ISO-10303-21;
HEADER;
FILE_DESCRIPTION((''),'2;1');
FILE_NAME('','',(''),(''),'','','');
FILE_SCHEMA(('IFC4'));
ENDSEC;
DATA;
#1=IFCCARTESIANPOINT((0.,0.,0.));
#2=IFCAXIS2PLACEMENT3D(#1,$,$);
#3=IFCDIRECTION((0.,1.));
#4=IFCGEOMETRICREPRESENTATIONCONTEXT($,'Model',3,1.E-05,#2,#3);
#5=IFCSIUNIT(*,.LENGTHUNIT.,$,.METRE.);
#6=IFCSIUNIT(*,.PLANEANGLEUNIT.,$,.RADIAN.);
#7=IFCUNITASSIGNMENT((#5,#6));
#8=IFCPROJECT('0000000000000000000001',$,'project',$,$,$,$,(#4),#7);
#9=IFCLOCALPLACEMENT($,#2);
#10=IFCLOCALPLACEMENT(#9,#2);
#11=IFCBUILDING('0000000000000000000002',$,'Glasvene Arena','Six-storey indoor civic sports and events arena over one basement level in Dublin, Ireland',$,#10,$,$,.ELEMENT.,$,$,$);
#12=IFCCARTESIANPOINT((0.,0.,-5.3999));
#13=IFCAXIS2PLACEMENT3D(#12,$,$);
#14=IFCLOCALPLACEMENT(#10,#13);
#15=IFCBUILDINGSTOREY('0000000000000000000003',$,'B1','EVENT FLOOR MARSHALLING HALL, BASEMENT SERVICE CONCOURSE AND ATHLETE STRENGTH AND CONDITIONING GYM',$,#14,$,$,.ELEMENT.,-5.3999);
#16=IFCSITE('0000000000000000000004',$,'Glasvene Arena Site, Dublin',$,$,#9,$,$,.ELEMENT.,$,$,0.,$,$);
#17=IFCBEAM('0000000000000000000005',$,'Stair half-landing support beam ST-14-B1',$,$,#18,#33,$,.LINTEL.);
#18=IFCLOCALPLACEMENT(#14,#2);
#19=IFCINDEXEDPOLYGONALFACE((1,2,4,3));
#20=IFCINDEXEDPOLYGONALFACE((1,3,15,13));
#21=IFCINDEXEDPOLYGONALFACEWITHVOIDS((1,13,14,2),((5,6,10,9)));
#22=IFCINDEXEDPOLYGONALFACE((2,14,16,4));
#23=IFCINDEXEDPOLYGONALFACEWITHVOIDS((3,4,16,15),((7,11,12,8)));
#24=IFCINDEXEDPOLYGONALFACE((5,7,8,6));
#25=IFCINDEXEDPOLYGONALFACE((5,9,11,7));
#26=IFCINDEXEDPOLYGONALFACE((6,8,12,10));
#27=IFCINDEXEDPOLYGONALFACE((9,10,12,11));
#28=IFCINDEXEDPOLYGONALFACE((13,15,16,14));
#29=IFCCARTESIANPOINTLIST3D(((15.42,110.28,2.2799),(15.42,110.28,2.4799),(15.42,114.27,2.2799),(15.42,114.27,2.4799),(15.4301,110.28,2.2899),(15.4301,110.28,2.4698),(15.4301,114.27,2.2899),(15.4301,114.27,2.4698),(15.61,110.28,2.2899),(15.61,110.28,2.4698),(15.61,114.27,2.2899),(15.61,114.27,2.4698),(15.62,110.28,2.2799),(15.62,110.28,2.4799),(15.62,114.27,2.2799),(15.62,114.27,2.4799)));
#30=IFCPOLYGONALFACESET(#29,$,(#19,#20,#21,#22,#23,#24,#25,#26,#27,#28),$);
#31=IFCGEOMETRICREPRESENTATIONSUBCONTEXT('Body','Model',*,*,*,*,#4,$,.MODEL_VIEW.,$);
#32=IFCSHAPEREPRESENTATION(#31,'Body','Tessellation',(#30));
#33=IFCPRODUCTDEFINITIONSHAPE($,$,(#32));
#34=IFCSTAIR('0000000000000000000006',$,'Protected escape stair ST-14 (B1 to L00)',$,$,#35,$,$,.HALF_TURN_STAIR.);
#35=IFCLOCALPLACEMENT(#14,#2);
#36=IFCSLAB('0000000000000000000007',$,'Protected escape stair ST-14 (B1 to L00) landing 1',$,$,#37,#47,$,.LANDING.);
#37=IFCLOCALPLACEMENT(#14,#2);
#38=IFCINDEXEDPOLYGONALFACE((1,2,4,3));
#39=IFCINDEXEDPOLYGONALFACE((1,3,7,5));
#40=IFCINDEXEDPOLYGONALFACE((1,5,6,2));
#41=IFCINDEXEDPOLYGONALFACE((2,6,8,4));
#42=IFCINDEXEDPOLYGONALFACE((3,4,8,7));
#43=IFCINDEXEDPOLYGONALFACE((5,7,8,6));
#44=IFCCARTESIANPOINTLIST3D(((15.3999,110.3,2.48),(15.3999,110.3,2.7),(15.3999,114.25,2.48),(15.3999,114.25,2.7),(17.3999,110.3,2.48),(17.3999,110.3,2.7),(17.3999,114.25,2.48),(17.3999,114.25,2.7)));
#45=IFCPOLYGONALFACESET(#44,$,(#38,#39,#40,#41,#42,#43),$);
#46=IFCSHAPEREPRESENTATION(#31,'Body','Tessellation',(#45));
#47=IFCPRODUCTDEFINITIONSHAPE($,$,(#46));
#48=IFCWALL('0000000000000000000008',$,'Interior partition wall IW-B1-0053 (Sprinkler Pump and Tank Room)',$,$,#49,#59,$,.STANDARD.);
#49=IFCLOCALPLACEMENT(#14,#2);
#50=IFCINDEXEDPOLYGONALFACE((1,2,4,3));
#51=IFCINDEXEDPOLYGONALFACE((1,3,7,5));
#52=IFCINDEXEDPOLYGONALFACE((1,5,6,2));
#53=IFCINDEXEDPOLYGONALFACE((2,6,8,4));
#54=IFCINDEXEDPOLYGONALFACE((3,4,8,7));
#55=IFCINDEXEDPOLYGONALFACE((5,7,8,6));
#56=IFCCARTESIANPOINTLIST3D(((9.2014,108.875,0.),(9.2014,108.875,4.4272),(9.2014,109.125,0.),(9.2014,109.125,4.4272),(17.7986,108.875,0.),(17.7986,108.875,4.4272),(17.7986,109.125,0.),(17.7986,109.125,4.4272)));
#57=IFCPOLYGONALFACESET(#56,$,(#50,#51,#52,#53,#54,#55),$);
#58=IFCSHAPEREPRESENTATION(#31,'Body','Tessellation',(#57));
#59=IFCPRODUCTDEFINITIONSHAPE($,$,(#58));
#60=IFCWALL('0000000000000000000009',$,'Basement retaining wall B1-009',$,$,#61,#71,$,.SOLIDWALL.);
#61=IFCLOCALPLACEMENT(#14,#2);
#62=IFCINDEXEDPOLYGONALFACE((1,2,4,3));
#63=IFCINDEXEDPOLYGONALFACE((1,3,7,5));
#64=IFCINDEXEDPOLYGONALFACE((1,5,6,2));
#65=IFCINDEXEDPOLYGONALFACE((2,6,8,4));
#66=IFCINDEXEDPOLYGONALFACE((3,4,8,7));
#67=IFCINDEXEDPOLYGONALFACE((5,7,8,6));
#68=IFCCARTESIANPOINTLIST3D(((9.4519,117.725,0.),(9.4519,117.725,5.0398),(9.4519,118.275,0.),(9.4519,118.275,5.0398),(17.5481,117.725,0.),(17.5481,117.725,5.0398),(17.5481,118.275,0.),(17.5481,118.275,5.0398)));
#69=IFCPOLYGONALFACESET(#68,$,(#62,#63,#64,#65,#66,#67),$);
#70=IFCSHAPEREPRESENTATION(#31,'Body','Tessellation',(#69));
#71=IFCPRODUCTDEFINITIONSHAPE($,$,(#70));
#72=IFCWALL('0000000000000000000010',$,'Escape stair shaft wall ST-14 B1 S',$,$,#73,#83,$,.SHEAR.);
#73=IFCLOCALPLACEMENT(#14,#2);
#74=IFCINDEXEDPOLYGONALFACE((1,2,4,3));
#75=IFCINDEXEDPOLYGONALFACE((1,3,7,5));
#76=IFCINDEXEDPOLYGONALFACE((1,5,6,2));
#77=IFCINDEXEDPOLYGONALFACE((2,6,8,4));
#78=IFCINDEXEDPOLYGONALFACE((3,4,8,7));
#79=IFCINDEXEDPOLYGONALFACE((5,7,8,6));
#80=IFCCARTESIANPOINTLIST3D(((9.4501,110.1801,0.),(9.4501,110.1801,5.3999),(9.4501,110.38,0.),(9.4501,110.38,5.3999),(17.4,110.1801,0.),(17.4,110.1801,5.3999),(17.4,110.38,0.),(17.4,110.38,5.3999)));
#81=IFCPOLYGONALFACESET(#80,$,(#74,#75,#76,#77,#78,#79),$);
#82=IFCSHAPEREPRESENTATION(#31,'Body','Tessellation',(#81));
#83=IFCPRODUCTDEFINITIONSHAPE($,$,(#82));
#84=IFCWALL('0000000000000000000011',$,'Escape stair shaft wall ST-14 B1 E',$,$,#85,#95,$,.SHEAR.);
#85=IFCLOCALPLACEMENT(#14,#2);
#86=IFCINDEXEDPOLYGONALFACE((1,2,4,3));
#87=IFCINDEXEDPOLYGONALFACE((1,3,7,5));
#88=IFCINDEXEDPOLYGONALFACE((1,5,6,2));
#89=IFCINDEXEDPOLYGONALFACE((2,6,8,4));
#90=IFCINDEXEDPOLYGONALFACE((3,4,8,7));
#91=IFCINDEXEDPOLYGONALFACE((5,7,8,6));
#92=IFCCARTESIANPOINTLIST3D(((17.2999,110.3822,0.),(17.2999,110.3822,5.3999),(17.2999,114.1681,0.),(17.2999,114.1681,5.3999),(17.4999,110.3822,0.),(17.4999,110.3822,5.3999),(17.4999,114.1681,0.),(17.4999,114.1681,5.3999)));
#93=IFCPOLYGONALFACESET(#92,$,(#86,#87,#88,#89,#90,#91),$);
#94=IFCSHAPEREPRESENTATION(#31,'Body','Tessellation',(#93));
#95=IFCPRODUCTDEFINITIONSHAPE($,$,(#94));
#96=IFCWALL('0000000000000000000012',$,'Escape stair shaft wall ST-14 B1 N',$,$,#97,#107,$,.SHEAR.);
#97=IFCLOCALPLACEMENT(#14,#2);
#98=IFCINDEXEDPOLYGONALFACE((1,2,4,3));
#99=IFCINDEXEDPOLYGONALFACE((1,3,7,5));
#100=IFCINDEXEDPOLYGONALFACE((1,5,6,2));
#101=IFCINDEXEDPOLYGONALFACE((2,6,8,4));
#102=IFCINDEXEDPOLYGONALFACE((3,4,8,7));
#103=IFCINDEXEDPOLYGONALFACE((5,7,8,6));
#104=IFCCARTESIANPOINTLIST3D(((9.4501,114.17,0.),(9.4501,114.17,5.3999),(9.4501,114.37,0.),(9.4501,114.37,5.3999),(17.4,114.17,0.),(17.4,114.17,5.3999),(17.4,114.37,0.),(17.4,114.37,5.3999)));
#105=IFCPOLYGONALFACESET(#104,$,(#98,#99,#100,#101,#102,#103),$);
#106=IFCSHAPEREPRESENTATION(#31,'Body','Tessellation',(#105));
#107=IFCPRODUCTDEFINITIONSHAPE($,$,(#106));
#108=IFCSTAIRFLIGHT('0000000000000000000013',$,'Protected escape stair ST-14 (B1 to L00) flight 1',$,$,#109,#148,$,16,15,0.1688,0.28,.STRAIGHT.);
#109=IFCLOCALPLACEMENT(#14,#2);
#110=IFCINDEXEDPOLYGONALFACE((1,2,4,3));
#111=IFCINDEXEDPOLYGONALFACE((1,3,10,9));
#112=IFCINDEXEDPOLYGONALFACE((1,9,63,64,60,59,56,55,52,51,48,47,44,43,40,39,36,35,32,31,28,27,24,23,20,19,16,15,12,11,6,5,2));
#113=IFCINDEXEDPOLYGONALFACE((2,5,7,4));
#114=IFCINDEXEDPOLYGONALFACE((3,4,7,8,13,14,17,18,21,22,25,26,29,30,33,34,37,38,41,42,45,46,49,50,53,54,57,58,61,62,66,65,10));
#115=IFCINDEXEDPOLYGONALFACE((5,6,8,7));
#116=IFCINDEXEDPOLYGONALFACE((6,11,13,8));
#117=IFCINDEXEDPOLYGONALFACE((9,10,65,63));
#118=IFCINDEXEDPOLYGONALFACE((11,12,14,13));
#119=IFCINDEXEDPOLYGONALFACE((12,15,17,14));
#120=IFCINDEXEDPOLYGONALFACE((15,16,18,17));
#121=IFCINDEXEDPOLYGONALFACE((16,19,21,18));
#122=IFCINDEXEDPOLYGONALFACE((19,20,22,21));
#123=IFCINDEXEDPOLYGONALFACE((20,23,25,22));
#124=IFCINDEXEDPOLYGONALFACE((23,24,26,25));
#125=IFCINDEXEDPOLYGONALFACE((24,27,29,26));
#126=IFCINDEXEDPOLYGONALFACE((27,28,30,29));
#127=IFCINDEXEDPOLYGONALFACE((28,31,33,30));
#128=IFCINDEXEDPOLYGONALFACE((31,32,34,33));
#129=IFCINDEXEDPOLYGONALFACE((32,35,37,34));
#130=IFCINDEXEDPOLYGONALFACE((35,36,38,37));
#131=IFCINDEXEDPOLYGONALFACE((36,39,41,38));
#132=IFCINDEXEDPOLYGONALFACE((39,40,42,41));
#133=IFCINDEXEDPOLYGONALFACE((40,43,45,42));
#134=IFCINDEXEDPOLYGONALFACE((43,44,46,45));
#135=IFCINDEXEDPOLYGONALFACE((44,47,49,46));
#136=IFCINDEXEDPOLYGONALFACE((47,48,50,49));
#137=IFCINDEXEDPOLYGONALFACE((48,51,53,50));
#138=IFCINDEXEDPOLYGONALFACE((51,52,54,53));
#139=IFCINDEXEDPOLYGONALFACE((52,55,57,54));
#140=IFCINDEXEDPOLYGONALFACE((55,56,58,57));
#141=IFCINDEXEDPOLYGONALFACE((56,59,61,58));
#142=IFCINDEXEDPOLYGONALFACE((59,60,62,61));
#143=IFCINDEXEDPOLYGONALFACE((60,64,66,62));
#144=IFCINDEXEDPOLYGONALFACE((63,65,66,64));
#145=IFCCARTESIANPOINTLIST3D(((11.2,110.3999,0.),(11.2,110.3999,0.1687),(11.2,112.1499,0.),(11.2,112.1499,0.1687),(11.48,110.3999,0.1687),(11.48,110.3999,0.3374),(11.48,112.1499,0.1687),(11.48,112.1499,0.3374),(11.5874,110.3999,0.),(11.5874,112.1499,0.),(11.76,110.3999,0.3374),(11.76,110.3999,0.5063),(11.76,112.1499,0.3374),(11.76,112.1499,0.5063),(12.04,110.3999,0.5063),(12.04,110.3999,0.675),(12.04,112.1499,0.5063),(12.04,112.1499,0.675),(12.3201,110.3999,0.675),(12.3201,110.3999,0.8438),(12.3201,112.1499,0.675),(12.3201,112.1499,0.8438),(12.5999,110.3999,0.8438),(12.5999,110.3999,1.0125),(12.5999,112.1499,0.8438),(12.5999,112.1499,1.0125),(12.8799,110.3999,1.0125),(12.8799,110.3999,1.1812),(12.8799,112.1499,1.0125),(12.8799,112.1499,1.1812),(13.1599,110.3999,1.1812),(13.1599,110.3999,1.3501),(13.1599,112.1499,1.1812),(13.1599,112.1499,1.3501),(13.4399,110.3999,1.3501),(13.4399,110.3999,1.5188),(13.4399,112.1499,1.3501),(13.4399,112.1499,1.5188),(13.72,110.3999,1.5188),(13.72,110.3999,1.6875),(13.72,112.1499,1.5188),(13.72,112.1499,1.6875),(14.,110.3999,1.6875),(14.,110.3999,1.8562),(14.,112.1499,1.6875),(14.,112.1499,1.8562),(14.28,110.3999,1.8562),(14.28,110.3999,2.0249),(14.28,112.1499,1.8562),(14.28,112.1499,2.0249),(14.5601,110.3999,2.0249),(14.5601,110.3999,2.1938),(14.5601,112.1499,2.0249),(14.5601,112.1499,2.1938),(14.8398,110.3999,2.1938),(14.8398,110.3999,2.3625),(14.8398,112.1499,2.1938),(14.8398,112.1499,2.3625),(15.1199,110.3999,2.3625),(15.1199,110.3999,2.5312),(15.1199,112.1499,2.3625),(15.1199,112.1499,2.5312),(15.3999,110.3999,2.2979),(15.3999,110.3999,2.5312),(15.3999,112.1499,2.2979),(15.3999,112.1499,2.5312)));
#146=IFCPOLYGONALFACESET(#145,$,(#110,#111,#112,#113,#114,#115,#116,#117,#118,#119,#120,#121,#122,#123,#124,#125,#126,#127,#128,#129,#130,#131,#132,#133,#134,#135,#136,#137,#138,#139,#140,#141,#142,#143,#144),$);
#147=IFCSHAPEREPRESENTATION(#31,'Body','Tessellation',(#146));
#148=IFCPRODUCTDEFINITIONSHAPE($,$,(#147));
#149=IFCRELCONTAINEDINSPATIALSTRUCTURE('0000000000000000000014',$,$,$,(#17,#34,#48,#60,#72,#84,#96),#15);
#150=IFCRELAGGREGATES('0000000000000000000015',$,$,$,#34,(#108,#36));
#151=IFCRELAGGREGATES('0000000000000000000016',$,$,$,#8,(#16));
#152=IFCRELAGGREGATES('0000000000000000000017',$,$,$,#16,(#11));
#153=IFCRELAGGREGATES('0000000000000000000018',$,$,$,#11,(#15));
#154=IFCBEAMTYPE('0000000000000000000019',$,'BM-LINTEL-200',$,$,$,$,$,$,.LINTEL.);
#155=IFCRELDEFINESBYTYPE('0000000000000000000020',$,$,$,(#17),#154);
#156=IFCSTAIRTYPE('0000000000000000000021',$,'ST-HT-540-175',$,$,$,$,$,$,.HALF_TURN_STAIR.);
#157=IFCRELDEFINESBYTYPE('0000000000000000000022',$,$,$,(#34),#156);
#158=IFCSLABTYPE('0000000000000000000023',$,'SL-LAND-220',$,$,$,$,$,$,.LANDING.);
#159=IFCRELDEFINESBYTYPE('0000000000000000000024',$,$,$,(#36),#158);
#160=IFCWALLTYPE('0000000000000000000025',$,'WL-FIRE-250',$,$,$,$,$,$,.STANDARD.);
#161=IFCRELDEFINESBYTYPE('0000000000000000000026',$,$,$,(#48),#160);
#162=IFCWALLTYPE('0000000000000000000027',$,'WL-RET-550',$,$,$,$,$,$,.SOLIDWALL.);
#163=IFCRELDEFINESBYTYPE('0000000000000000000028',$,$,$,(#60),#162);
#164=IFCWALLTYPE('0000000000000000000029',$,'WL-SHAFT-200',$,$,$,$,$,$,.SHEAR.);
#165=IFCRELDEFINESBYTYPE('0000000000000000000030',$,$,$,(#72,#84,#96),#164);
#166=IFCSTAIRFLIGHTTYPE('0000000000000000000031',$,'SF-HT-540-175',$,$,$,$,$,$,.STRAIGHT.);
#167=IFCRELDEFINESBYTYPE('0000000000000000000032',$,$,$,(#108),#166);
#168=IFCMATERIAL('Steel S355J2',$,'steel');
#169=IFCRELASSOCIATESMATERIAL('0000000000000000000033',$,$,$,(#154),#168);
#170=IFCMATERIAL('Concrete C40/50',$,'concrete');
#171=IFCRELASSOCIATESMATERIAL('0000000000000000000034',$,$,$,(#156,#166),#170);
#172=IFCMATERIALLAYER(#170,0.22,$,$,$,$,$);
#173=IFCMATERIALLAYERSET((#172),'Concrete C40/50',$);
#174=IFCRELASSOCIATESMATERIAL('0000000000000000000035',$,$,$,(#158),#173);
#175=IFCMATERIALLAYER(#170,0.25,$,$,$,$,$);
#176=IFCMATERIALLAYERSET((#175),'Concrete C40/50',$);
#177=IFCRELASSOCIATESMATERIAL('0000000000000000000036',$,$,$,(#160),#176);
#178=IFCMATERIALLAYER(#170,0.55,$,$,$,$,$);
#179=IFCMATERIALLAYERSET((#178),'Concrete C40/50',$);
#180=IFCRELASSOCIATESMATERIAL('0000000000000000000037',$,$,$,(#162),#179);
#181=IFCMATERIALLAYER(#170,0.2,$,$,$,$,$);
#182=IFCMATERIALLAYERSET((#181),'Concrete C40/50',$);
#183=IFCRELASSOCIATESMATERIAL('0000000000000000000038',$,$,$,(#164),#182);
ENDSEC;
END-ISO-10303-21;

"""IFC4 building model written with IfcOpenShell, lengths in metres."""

from ifc_helpers import new_model, si_unit, direction, frame, frame_2d, origin, origin_2d, place, context, subcontext, project, spatial, polyline, rectangle, hollow_rectangle, outline, extrude, material, layer, layer_set, material_profile, profile_set, type_object, element, aggregate, save


model = new_model("IFC4")

# Units and contexts
model_context = context("Model", 3, precision=1e-05, world=origin(), true_north=direction((0.0, 1.0)))
body_context = subcontext(model_context, "Body", "Model", "MODEL_VIEW")
ifc_project = project(units=[si_unit("LENGTHUNIT", "METRE"), si_unit("PLANEANGLEUNIT", "RADIAN")], contexts=[model_context])

# Site, building, storey
site_placement = place(None, origin())
site = spatial("IfcSite", under=ifc_project, at=site_placement, Name="Glasvene Arena Site, Dublin", CompositionType="ELEMENT", RefElevation=0.0)
building_placement = place(site_placement, origin())
building = spatial("IfcBuilding", under=site, at=building_placement, Name="Glasvene Arena", Description="Six-storey indoor civic sports and events arena over one basement level in Dublin, Ireland", CompositionType="ELEMENT")
storey_placement = place(building_placement, frame((0.0, 0.0, -5.3999)))
storey = spatial("IfcBuildingStorey", under=building, at=storey_placement, Name="B1", Description="EVENT FLOOR MARSHALLING HALL, BASEMENT SERVICE CONCOURSE AND ATHLETE STRENGTH AND CONDITIONING GYM", CompositionType="ELEMENT", Elevation=-5.3999)

# Shared definitions
ifc_material_1 = material(Name="Concrete C40/50", Category="concrete")

# Shared definitions
ifc_material_2 = material(Name="Steel S355J2", Category="steel")

# Beam
ifc_material_profile_1 = material_profile(ifc_material_2, hollow_rectangle(XDim=0.2, YDim=0.2, WallThickness=0.01, at=origin_2d()), Name="SHS 200x200x10.0")
ifc_profile_set_1 = profile_set([ifc_material_profile_1], Name="Steel S355J2")
beam_type_1 = type_object("IfcBeamType", Name="BM-LINTEL-200", PredefinedType="LINTEL", material=ifc_profile_set_1)
beam_1_placement = place(storey_placement, frame((15.52, 110.28, 2.3799), z_axis=(0.0, 1.0, 0.0), x_axis=(-1.0, 0.0, 0.0)))
element("IfcBeam", 1, at=beam_1_placement, inside=storey, type_object=beam_type_1, Name="Stair half-landing support beam ST-14-B1", PredefinedType="LINTEL", context=body_context, shape_type="SweptSolid", body=[
    extrude(hollow_rectangle(XDim=0.2, YDim=0.2, WallThickness=0.01, at=origin_2d()), origin(), (0.0, 0.0, 1.0), 3.99),
])

# Stair, slab
stair_type = type_object("IfcStairType", Name="ST-HT-540-175", PredefinedType="HALF_TURN_STAIR", material=ifc_material_1)
stair_placement = place(storey_placement, origin())
stair = element("IfcStair", 2, at=stair_placement, inside=storey, type_object=stair_type, Name="Protected escape stair ST-14 (B1 to L00)", PredefinedType="HALF_TURN_STAIR")
ifc_layer_1 = layer(ifc_material_1, 0.22)
ifc_layer_set_1 = layer_set([ifc_layer_1], Name="Concrete C40/50")
slab_type = type_object("IfcSlabType", Name="SL-LAND-220", PredefinedType="LANDING", material=ifc_layer_set_1)
slab_placement = place(storey_placement, frame((16.3999, 112.2749, 2.48)))
slab = element("IfcSlab", 3, at=slab_placement, type_object=slab_type, Name="Protected escape stair ST-14 (B1 to L00) landing 1", PredefinedType="LANDING", context=body_context, shape_type="SweptSolid", body=[
    extrude(outline(polyline([(-1.0, -1.9749), (1.0, -1.9749), (1.0, 1.9751), (-1.0, 1.9751), (-1.0, -1.9749)])), origin(), (0.0, 0.0, 1.0), 0.22),
])

# Walls
ifc_layer_2 = layer(ifc_material_1, 0.25)
ifc_layer_set_2 = layer_set([ifc_layer_2], Name="Concrete C40/50")
wall_type_1 = type_object("IfcWallType", Name="WL-FIRE-250", PredefinedType="STANDARD", material=ifc_layer_set_2)
wall_1_placement = place(storey_placement, frame((9.2014, 109.0, 0.0), z_axis=(0.0, 0.0, 1.0), x_axis=(1.0, 0.0, 0.0)))
element("IfcWall", 4, at=wall_1_placement, inside=storey, type_object=wall_type_1, Name="Interior partition wall IW-B1-0053 (Sprinkler Pump and Tank Room)", PredefinedType="STANDARD", context=body_context, shape_type="SweptSolid", body=[
    extrude(rectangle(XDim=8.5972, YDim=0.25, at=frame_2d((4.2986, 0.0))), origin(), (0.0, 0.0, 1.0), 4.4272),
])
ifc_layer_3 = layer(ifc_material_1, 0.55)
ifc_layer_set_3 = layer_set([ifc_layer_3], Name="Concrete C40/50")
wall_type_2 = type_object("IfcWallType", Name="WL-RET-550", PredefinedType="SOLIDWALL", material=ifc_layer_set_3)
wall_2_placement = place(storey_placement, frame((9.4519, 118.0, 0.0), z_axis=(0.0, 0.0, 1.0), x_axis=(1.0, 0.0, 0.0)))
element("IfcWall", 5, at=wall_2_placement, inside=storey, type_object=wall_type_2, Name="Basement retaining wall B1-009", PredefinedType="SOLIDWALL", context=body_context, shape_type="SweptSolid", body=[
    extrude(rectangle(XDim=8.0962, YDim=0.55, at=frame_2d((4.0481, 0.0))), origin(), (0.0, 0.0, 1.0), 5.0398),
])
ifc_layer_4 = layer(ifc_material_1, 0.2)
ifc_layer_set_4 = layer_set([ifc_layer_4], Name="Concrete C40/50")
wall_type_3 = type_object("IfcWallType", Name="WL-SHAFT-200", PredefinedType="SHEAR", material=ifc_layer_set_4)
wall_3_placement = place(storey_placement, frame((9.45, 110.28, 0.0), z_axis=(0.0, 0.0, 1.0), x_axis=(1.0, 0.0, 0.0)))
element("IfcWall", 6, at=wall_3_placement, inside=storey, type_object=wall_type_3, Name="Escape stair shaft wall ST-14 B1 S", PredefinedType="SHEAR", context=body_context, shape_type="SweptSolid", body=[
    extrude(rectangle(XDim=7.95, YDim=0.2, at=frame_2d((3.9751, 0.0))), origin(), (0.0, 0.0, 1.0), 5.3999),
])

# Walls
wall_4_placement = place(storey_placement, frame((17.3999, 110.3821, 0.0), z_axis=(0.0, 0.0, 1.0), x_axis=(0.0, 1.0, 0.0)))
element("IfcWall", 7, at=wall_4_placement, inside=storey, type_object=wall_type_3, Name="Escape stair shaft wall ST-14 B1 E", PredefinedType="SHEAR", context=body_context, shape_type="SweptSolid", body=[
    extrude(rectangle(XDim=3.7859, YDim=0.2, at=frame_2d((1.8931, 0.0))), origin(), (0.0, 0.0, 1.0), 5.3999),
])
wall_5_placement = place(storey_placement, frame((9.45, 114.27, 0.0), z_axis=(0.0, 0.0, 1.0), x_axis=(1.0, 0.0, 0.0)))
element("IfcWall", 8, at=wall_5_placement, inside=storey, type_object=wall_type_3, Name="Escape stair shaft wall ST-14 B1 N", PredefinedType="SHEAR", context=body_context, shape_type="SweptSolid", body=[
    extrude(rectangle(XDim=7.95, YDim=0.2, at=frame_2d((3.9751, 0.0))), origin(), (0.0, 0.0, 1.0), 5.3999),
])

# Stair flight
stair_flight_type = type_object("IfcStairFlightType", Name="SF-HT-540-175", PredefinedType="STRAIGHT", material=ifc_material_1)
stair_flight_1_placement = place(storey_placement, frame((11.2, 111.2749, 0.0), z_axis=(0.0, 0.0, 1.0), x_axis=(1.0, 0.0, 0.0)))
stair_flight_1 = element("IfcStairFlight", 9, at=stair_flight_1_placement, type_object=stair_flight_type, Name="Protected escape stair ST-14 (B1 to L00) flight 1", NumberOfRisers=16, NumberOfTreads=15, PredefinedType="STRAIGHT", RiserHeight=0.1688, TreadLength=0.28, context=body_context, shape_type="SweptSolid", body=[
    extrude(outline(polyline([(0.0, 0.0), (0.0, 0.1687), (0.28, 0.1687), (0.28, 0.3374), (0.5601, 0.3374), (0.5601, 0.5063), (0.8401, 0.5063), (0.8401, 0.675), (1.1201, 0.675), (1.1201, 0.8438), (1.3999, 0.8438), (1.3999, 1.0125), (1.6799, 1.0125), (1.6799, 1.1812), (1.96, 1.1812), (1.96, 1.3501), (2.24, 1.3501), (2.24, 1.5188), (2.52, 1.5188), (2.52, 1.6875), (2.8, 1.6875), (2.8, 1.8562), (3.0801, 1.8562), (3.0801, 2.0249), (3.3601, 2.0249), (3.3601, 2.1938), (3.6399, 2.1938), (3.6399, 2.3625), (3.9199, 2.3625), (3.9199, 2.5312), (4.2, 2.5312), (4.2, 2.7), (4.2, 2.2979), (0.3875, 0.0), (0.0, 0.0)])), frame((0.0, 0.875, 0.0), z_axis=(0.0, -1.0, 0.0), x_axis=(1.0, 0.0, 0.0)), (0.0, 0.0, 1.0), 1.75),
])
aggregate(stair, [stair_flight_1, slab])

save(model, "model.ifc")
